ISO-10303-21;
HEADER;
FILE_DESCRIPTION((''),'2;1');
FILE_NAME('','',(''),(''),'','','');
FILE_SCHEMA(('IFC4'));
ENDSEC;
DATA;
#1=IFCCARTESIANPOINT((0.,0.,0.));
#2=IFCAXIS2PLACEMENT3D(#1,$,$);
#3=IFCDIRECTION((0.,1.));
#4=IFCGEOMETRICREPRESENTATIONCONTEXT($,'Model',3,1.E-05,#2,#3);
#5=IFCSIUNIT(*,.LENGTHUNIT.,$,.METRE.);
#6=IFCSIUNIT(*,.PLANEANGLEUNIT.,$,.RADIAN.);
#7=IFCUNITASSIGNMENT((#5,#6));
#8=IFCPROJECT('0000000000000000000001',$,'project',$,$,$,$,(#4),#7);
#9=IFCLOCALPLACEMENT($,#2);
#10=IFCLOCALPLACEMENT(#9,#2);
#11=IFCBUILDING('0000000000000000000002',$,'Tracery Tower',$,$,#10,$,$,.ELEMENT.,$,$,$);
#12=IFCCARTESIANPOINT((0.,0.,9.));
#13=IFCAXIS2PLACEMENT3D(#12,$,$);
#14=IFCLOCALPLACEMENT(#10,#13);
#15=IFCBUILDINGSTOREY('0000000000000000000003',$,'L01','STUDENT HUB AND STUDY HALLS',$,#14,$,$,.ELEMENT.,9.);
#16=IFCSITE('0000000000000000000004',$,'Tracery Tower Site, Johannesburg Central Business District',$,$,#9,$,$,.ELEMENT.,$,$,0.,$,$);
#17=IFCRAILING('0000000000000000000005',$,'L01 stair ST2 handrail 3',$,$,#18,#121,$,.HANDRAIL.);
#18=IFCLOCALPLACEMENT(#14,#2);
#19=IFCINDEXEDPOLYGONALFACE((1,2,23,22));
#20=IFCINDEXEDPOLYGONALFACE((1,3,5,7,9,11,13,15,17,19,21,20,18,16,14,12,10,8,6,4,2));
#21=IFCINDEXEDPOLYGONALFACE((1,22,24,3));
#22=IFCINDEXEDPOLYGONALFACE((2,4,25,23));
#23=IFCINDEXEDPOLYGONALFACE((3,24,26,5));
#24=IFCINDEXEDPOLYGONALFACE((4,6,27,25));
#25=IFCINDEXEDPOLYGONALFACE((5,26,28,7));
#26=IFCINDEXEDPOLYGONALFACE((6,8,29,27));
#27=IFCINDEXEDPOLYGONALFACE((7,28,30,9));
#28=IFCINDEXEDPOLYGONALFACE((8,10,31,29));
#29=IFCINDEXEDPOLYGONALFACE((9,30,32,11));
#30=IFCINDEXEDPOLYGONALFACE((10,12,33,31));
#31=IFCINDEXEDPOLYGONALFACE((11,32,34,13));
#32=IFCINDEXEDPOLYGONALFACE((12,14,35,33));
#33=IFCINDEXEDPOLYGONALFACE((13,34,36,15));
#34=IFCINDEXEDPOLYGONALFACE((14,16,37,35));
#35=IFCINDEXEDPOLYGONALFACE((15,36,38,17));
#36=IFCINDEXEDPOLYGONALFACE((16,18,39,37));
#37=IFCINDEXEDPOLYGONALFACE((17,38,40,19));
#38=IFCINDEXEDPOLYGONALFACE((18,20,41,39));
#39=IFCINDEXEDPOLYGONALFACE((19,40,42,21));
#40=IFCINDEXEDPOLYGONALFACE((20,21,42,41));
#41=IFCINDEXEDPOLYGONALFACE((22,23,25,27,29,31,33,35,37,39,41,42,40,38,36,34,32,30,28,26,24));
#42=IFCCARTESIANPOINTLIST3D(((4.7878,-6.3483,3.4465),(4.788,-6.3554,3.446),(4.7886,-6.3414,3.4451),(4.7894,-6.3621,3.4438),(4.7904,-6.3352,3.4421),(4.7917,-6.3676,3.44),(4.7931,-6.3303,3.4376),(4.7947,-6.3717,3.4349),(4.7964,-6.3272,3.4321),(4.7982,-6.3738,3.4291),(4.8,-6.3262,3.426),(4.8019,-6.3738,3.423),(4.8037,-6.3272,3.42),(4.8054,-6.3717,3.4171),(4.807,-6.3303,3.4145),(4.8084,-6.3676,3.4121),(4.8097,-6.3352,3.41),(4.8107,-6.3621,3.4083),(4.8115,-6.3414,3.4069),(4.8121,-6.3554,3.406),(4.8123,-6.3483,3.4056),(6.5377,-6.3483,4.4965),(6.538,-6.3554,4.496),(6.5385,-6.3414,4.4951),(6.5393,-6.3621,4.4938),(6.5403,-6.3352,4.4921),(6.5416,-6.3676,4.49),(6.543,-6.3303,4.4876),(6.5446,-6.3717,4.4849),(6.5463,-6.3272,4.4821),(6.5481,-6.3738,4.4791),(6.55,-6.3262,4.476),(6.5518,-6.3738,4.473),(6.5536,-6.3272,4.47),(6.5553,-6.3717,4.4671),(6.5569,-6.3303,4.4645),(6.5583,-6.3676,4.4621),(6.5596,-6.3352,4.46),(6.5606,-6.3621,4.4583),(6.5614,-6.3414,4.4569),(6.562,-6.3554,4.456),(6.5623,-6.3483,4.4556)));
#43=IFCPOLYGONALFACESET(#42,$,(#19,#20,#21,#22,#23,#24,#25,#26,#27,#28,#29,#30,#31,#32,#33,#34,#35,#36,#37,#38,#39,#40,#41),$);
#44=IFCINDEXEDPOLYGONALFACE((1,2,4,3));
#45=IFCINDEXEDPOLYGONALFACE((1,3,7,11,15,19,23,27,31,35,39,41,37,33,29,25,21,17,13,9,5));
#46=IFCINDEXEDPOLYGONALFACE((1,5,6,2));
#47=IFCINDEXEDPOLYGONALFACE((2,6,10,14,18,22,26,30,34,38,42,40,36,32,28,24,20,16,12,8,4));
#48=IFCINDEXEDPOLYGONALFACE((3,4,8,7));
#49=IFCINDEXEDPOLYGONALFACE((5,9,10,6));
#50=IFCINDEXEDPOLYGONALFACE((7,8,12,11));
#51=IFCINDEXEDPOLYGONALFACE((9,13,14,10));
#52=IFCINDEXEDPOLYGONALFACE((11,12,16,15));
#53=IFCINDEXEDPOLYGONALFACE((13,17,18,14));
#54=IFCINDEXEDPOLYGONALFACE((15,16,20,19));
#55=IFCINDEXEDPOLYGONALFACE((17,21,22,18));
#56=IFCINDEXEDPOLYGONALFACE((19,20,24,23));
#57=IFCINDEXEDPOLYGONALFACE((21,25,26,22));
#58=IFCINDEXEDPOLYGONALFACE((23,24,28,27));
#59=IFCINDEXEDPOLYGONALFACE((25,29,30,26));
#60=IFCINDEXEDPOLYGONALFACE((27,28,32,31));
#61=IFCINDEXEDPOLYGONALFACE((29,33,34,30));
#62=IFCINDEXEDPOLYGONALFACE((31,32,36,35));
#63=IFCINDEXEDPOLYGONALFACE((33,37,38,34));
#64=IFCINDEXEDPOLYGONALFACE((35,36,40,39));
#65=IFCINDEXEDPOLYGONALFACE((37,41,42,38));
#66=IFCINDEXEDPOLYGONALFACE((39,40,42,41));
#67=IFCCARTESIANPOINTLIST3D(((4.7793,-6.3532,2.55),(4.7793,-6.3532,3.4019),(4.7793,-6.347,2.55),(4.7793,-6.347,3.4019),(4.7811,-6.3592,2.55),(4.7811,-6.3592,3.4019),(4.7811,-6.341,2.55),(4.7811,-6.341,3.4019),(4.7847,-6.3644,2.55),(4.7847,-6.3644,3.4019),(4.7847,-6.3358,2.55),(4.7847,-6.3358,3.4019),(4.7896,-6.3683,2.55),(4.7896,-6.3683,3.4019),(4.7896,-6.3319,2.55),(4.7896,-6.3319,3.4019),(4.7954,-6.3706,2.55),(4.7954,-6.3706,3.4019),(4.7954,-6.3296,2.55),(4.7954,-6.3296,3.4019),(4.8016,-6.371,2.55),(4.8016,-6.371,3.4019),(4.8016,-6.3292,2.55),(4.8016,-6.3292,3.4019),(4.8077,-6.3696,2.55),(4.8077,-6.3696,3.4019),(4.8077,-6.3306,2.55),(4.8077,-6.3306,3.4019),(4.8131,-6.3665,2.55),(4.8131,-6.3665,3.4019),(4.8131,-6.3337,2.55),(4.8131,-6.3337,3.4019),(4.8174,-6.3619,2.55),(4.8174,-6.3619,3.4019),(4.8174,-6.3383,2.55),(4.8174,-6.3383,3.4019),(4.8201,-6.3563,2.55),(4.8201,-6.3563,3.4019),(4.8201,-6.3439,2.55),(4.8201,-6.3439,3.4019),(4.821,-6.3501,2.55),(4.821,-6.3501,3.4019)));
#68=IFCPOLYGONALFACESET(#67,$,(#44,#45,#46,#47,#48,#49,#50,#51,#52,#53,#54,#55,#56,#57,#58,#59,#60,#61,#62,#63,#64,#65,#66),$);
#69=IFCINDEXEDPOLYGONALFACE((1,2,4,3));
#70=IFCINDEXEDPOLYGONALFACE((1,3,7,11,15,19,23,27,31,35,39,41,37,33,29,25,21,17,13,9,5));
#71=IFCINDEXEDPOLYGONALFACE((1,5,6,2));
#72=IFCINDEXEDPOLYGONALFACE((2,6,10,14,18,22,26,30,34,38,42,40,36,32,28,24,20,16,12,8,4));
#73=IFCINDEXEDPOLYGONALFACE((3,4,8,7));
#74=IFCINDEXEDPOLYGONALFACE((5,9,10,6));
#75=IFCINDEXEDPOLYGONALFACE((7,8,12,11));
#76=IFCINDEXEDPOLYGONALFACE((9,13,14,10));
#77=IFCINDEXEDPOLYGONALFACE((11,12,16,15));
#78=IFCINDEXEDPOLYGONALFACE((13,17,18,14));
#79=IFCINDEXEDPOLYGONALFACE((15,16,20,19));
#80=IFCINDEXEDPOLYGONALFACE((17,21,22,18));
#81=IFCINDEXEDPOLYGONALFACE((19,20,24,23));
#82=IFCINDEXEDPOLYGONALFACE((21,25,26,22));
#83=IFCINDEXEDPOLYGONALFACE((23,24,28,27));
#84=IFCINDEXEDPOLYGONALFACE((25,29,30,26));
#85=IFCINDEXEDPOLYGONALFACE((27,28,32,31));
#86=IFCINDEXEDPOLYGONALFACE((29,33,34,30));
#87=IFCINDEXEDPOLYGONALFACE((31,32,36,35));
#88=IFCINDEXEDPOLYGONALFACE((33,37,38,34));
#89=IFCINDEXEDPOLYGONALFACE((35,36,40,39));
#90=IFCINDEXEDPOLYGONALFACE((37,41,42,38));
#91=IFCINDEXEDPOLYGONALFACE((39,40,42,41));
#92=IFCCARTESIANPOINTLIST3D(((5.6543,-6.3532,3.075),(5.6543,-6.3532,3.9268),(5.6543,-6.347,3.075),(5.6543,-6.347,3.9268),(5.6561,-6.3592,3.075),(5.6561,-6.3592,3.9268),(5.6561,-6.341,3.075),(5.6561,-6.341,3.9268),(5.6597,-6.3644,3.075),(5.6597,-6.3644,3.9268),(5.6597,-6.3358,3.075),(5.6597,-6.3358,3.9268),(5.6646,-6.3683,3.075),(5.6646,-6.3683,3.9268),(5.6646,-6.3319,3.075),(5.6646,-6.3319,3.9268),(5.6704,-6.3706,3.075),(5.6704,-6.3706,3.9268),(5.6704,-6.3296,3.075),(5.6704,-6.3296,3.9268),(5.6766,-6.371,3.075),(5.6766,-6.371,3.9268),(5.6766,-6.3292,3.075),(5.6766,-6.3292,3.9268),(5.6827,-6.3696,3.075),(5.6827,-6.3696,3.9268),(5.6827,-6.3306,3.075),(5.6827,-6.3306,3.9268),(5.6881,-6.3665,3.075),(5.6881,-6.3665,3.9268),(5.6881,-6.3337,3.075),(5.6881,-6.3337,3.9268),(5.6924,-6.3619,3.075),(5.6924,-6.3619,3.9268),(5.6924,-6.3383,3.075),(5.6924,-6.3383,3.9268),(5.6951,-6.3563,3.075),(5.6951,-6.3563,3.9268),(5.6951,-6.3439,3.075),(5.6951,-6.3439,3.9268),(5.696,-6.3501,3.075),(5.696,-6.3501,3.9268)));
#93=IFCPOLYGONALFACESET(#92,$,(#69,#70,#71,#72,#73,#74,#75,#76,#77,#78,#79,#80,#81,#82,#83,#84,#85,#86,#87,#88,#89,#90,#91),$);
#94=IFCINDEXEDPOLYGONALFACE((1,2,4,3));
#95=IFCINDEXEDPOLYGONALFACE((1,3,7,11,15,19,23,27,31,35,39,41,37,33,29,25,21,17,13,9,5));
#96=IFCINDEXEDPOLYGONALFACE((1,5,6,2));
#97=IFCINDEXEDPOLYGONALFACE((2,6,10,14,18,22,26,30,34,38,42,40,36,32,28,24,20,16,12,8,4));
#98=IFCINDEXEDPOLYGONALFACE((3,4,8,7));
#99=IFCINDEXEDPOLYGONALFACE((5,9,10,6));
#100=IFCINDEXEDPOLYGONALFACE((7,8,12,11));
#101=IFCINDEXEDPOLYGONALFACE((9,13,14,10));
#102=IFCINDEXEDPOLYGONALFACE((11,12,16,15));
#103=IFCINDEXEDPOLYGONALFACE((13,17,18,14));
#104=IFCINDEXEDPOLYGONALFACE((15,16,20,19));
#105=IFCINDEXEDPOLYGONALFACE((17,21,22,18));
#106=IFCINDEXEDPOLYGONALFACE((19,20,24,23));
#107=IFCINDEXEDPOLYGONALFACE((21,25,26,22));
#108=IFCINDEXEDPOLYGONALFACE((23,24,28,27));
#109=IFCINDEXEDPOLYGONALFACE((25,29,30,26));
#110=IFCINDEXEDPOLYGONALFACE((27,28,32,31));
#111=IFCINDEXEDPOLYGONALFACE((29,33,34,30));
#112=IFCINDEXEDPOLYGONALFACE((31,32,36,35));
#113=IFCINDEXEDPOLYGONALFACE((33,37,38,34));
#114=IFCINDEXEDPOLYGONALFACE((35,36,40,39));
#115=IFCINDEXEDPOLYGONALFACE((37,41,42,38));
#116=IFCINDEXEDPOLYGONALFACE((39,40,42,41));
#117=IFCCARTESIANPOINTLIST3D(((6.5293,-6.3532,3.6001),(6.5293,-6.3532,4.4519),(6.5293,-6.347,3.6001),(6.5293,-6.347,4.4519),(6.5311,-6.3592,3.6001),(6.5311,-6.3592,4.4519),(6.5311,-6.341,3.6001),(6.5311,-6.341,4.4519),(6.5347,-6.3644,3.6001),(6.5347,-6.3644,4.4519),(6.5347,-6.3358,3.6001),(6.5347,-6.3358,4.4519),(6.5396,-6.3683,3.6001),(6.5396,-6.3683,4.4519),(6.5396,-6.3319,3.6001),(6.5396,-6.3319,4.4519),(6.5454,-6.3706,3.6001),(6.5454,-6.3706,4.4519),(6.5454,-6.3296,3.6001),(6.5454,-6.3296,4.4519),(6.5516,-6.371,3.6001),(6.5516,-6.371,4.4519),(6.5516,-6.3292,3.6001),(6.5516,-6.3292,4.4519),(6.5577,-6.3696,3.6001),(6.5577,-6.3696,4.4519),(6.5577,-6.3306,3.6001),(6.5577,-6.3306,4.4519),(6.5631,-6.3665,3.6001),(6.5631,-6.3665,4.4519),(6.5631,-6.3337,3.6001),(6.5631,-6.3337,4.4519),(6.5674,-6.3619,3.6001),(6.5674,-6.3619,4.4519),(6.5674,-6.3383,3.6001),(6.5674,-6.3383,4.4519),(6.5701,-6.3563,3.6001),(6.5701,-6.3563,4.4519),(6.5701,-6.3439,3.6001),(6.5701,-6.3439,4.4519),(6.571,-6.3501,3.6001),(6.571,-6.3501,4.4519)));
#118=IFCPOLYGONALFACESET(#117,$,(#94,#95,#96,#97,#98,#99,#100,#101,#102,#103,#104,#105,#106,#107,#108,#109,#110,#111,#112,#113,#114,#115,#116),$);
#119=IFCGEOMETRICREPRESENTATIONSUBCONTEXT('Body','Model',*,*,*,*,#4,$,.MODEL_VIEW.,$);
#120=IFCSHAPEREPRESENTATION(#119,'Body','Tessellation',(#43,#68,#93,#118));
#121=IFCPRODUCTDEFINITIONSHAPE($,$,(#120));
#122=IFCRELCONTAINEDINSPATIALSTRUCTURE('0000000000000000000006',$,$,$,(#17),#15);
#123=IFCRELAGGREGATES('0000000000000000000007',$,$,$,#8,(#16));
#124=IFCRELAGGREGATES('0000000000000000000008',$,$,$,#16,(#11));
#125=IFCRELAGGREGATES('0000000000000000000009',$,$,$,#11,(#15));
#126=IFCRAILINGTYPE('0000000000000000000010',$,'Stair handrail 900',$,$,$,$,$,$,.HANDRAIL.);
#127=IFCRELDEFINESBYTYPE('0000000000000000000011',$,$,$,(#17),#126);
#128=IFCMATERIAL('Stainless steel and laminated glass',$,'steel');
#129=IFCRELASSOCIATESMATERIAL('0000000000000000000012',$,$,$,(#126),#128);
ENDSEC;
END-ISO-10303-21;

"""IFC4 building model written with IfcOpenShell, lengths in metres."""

from ifc_helpers import new_model, si_unit, direction, frame, origin, origin_2d, place, context, subcontext, project, spatial, circle, extrude, material, type_object, element, save


model = new_model("IFC4")

# Units and contexts
model_context = context("Model", 3, precision=1e-05, world=origin(), true_north=direction((0.0, 1.0)))
body_context = subcontext(model_context, "Body", "Model", "MODEL_VIEW")
ifc_project = project(units=[si_unit("LENGTHUNIT", "METRE"), si_unit("PLANEANGLEUNIT", "RADIAN")], contexts=[model_context])

# Site, building, storey
site_placement = place(None, origin())
site = spatial("IfcSite", under=ifc_project, at=site_placement, Name="Tracery Tower Site, Johannesburg Central Business District", CompositionType="ELEMENT", RefElevation=0.0)
building_placement = place(site_placement, origin())
building = spatial("IfcBuilding", under=site, at=building_placement, Name="Tracery Tower", CompositionType="ELEMENT")
storey_placement = place(building_placement, frame((0.0, 0.0, 9.0)))
storey = spatial("IfcBuildingStorey", under=building, at=storey_placement, Name="L01", Description="STUDENT HUB AND STUDY HALLS", CompositionType="ELEMENT", Elevation=9.0)

# Railing
ifc_material_1 = material(Name="Stainless steel and laminated glass", Category="steel")
railing_type_1 = type_object("IfcRailingType", Name="Stair handrail 900", PredefinedType="HANDRAIL", material=ifc_material_1)
railing_1_placement = place(storey_placement, frame((4.8, -6.3501, 2.55)))
element("IfcRailing", 1, at=railing_1_placement, inside=storey, type_object=railing_type_1, Name="L01 stair ST2 handrail 3", PredefinedType="HANDRAIL", context=body_context, shape_type="SweptSolid", body=[
    extrude(circle(Radius=0.0239, at=origin_2d()), frame((0.0, 0.0, 0.876), z_axis=(0.857482, 0.0, 0.514513), x_axis=(0.0, 1.0, 0.0)), (0.0, 0.0, 1.0), 2.0408),
    extrude(circle(Radius=0.021, at=origin_2d()), origin(), (0.0, 0.0, 1.0), 0.8518),
    extrude(circle(Radius=0.021, at=origin_2d()), frame((0.875, 0.0, 0.5249)), (0.0, 0.0, 1.0), 0.8518),
    extrude(circle(Radius=0.021, at=origin_2d()), frame((1.75, 0.0, 1.05)), (0.0, 0.0, 1.0), 0.8518),
])

save(model, "model.ifc")
